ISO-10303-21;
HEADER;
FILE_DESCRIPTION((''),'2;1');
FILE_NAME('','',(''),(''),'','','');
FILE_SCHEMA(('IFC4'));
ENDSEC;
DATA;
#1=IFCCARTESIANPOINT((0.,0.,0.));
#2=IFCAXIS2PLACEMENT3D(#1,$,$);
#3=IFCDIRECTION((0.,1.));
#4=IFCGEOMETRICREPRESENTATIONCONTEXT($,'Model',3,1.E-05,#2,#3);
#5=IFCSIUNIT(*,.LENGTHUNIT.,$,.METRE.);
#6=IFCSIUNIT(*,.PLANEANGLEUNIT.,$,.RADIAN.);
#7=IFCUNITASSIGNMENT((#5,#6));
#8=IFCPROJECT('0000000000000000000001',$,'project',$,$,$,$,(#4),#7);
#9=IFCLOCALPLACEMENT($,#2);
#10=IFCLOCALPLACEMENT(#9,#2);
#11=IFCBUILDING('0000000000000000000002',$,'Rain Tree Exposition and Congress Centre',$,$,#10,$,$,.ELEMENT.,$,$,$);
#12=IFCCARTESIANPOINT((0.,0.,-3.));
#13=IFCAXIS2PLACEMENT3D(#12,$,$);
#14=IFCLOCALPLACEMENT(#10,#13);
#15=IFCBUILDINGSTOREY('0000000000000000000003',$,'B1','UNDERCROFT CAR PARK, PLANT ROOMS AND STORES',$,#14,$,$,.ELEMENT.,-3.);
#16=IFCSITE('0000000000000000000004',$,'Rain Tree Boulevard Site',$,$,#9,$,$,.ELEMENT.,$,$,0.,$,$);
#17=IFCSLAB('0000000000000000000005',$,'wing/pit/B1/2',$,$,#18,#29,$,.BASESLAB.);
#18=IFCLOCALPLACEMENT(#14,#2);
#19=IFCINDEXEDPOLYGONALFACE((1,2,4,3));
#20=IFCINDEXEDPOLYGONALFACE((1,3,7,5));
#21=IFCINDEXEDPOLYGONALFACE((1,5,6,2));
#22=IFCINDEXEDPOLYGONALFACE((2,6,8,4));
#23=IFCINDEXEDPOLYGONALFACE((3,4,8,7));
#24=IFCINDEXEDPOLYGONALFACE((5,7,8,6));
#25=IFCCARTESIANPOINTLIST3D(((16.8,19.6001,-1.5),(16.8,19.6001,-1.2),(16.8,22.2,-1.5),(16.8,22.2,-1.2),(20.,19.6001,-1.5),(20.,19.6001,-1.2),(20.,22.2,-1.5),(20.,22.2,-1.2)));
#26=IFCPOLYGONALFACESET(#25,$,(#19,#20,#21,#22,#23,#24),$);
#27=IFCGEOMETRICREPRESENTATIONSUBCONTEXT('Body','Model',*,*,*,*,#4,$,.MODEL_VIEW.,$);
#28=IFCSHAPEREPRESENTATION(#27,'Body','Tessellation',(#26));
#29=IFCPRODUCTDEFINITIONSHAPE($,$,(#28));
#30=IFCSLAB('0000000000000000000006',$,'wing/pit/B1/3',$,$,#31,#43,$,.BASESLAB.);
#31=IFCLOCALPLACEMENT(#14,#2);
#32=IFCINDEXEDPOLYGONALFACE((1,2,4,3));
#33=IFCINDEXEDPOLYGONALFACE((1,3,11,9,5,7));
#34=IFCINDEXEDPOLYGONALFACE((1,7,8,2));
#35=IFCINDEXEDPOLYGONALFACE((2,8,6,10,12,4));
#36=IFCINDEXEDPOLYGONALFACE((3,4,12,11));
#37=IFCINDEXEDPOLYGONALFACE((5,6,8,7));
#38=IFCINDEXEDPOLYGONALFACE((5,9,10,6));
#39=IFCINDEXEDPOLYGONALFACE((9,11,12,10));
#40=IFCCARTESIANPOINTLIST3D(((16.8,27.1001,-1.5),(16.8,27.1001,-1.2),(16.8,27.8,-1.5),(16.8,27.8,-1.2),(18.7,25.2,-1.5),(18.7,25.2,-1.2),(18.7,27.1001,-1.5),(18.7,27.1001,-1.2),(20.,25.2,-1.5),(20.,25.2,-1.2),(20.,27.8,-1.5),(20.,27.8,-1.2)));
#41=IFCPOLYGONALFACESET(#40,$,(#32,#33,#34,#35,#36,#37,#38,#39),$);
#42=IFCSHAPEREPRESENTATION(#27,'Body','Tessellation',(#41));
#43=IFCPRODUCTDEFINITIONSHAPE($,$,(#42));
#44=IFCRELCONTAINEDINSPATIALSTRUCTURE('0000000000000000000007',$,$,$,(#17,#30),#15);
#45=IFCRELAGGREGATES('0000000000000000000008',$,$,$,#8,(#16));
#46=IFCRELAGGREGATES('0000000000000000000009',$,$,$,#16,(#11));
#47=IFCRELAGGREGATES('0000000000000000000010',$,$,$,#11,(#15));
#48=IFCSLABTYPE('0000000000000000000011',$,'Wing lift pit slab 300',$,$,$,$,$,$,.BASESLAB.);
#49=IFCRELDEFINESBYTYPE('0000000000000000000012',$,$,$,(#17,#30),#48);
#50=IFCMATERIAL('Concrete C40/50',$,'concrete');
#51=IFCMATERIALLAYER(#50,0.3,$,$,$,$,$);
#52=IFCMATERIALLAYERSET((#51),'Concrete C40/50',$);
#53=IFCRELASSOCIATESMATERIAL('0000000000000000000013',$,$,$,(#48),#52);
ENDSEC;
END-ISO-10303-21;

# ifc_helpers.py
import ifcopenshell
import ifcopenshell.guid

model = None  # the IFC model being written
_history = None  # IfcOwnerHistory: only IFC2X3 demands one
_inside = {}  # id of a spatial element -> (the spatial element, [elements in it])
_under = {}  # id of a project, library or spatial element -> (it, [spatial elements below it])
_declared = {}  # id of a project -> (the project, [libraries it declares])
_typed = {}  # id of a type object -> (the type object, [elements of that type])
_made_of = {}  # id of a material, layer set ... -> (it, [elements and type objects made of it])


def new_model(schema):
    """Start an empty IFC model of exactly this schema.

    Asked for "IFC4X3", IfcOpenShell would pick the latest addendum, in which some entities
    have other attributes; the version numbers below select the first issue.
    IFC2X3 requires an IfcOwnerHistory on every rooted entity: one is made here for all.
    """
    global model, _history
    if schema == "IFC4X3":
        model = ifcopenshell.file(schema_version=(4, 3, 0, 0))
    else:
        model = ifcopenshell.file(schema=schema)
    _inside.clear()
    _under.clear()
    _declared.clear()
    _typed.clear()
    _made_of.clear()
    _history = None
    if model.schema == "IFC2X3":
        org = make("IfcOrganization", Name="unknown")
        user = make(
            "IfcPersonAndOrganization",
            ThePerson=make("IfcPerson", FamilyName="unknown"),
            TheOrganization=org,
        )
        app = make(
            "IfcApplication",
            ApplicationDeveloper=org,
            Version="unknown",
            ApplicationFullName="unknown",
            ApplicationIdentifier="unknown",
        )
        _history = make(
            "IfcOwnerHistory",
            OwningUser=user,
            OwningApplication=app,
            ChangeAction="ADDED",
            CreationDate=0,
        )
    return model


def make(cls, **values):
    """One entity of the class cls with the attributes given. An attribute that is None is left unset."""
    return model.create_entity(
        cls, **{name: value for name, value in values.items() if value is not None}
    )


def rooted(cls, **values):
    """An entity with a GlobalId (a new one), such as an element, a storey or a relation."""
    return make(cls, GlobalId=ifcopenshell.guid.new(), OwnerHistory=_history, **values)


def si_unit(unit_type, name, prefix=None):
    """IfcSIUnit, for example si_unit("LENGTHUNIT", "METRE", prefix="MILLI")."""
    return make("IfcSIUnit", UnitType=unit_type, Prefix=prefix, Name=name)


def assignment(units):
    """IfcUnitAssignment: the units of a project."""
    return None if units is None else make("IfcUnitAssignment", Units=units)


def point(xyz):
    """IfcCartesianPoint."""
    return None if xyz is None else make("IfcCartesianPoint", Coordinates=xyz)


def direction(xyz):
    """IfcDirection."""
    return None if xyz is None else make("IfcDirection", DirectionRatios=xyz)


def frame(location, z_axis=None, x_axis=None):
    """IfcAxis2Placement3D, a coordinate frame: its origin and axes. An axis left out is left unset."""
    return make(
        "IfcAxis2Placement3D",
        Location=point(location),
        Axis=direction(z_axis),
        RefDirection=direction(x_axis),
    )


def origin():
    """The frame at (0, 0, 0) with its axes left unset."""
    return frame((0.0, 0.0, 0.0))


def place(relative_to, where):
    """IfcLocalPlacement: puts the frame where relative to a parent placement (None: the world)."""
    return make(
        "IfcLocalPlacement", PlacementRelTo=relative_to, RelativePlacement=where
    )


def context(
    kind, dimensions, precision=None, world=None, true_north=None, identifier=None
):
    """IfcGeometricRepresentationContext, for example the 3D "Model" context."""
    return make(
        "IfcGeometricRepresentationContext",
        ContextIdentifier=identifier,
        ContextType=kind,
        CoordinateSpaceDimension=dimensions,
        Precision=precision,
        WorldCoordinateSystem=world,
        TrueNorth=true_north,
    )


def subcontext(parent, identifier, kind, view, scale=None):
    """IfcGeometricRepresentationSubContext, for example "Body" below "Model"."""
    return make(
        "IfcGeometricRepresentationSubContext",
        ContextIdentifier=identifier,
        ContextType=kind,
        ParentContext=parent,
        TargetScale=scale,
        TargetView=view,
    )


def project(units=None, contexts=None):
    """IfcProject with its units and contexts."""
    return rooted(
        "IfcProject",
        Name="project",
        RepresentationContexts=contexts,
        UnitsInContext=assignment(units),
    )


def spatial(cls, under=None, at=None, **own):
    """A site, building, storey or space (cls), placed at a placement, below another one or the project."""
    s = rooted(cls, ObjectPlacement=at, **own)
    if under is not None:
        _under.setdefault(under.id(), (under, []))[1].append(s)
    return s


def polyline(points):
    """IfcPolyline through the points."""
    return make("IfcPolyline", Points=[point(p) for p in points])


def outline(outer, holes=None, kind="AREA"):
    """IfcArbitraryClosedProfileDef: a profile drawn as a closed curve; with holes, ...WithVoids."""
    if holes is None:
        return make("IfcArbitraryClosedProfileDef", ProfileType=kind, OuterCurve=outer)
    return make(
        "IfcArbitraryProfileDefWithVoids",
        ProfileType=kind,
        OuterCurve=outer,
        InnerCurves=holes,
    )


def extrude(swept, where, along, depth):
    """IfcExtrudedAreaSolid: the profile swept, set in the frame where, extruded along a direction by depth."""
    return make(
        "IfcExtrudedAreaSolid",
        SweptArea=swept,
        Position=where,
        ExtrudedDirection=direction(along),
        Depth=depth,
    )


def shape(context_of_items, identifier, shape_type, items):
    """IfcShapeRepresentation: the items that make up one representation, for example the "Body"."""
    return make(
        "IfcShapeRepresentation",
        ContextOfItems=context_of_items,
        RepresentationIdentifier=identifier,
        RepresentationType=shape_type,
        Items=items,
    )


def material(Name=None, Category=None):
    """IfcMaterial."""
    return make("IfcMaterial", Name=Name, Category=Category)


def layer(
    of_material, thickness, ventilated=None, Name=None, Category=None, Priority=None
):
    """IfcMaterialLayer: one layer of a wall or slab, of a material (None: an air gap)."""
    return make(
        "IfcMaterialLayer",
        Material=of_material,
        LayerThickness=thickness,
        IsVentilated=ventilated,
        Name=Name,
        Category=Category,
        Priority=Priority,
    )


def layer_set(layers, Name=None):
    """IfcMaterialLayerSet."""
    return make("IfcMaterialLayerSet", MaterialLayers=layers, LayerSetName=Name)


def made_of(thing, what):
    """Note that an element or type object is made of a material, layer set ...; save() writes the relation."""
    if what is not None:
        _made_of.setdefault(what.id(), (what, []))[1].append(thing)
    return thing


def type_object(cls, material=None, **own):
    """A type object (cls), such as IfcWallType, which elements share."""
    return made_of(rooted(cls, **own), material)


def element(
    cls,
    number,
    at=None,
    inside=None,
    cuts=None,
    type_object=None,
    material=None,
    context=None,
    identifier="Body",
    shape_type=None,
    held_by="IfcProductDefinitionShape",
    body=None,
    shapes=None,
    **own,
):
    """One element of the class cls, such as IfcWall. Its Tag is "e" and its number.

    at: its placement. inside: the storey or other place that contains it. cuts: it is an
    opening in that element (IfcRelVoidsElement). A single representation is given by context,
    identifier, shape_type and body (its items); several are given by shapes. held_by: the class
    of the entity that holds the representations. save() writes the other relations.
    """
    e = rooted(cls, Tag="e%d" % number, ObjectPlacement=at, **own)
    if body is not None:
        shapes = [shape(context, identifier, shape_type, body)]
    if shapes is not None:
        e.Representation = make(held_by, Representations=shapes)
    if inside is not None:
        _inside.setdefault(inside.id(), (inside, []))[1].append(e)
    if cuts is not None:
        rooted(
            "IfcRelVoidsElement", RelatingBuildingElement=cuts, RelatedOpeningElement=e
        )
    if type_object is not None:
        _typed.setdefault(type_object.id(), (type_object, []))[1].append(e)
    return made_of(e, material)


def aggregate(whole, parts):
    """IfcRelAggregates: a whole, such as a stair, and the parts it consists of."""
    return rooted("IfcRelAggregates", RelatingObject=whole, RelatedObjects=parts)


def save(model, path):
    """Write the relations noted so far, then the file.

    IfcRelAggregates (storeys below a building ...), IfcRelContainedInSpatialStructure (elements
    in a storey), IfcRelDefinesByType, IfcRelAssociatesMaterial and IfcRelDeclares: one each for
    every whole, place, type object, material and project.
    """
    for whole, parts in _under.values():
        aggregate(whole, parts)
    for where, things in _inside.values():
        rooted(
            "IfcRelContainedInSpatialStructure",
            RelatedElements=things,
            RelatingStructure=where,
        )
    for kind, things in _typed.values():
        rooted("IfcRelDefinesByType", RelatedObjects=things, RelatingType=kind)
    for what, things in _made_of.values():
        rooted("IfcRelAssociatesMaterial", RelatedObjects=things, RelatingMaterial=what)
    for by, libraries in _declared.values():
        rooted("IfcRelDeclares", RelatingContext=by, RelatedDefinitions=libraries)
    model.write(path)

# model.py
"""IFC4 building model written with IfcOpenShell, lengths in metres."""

from ifc_helpers import new_model, si_unit, direction, frame, origin, place, context, subcontext, project, spatial, polyline, outline, extrude, material, layer, layer_set, type_object, element, save


model = new_model("IFC4")

# Units and contexts
model_context = context("Model", 3, precision=1e-05, world=origin(), true_north=direction((0.0, 1.0)))
body_context = subcontext(model_context, "Body", "Model", "MODEL_VIEW")
ifc_project = project(units=[si_unit("LENGTHUNIT", "METRE"), si_unit("PLANEANGLEUNIT", "RADIAN")], contexts=[model_context])

# Site, building, storey
site_placement = place(None, origin())
site = spatial("IfcSite", under=ifc_project, at=site_placement, Name="Rain Tree Boulevard Site", CompositionType="ELEMENT", RefElevation=0.0)
building_placement = place(site_placement, origin())
building = spatial("IfcBuilding", under=site, at=building_placement, Name="Rain Tree Exposition and Congress Centre", CompositionType="ELEMENT")
storey_placement = place(building_placement, frame((0.0, 0.0, -3.0)))
storey = spatial("IfcBuildingStorey", under=building, at=storey_placement, Name="B1", Description="UNDERCROFT CAR PARK, PLANT ROOMS AND STORES", CompositionType="ELEMENT", Elevation=-3.0)

# Slabs
ifc_material_1 = material(Name="Concrete C40/50", Category="concrete")
ifc_layer = layer(ifc_material_1, 0.3)
ifc_layer_set = layer_set([ifc_layer], Name="Concrete C40/50")
slab_type = type_object("IfcSlabType", Name="Wing lift pit slab 300", PredefinedType="BASESLAB", material=ifc_layer_set)
slab_1_placement = place(storey_placement, frame((0.0, 0.0, -1.5)))
element("IfcSlab", 1, at=slab_1_placement, inside=storey, type_object=slab_type, Name="wing/pit/B1/2", PredefinedType="BASESLAB", context=body_context, shape_type="SweptSolid", body=[
    extrude(outline(polyline([(16.8, 19.6001), (20.0, 19.6001), (20.0, 22.2), (16.8, 22.2), (16.8, 19.6001)])), origin(), (0.0, 0.0, 1.0), 0.3),
])
slab_2_placement = place(storey_placement, frame((0.0, 0.0, -1.5)))
element("IfcSlab", 2, at=slab_2_placement, inside=storey, type_object=slab_type, Name="wing/pit/B1/3", PredefinedType="BASESLAB", context=body_context, shape_type="SweptSolid", body=[
    extrude(outline(polyline([(16.8, 27.8), (16.8, 27.1001), (18.7, 27.1001), (18.7, 25.2), (20.0, 25.2), (20.0, 27.8), (16.8, 27.8)])), origin(), (0.0, 0.0, 1.0), 0.3),
])

save(model, "model.ifc")
